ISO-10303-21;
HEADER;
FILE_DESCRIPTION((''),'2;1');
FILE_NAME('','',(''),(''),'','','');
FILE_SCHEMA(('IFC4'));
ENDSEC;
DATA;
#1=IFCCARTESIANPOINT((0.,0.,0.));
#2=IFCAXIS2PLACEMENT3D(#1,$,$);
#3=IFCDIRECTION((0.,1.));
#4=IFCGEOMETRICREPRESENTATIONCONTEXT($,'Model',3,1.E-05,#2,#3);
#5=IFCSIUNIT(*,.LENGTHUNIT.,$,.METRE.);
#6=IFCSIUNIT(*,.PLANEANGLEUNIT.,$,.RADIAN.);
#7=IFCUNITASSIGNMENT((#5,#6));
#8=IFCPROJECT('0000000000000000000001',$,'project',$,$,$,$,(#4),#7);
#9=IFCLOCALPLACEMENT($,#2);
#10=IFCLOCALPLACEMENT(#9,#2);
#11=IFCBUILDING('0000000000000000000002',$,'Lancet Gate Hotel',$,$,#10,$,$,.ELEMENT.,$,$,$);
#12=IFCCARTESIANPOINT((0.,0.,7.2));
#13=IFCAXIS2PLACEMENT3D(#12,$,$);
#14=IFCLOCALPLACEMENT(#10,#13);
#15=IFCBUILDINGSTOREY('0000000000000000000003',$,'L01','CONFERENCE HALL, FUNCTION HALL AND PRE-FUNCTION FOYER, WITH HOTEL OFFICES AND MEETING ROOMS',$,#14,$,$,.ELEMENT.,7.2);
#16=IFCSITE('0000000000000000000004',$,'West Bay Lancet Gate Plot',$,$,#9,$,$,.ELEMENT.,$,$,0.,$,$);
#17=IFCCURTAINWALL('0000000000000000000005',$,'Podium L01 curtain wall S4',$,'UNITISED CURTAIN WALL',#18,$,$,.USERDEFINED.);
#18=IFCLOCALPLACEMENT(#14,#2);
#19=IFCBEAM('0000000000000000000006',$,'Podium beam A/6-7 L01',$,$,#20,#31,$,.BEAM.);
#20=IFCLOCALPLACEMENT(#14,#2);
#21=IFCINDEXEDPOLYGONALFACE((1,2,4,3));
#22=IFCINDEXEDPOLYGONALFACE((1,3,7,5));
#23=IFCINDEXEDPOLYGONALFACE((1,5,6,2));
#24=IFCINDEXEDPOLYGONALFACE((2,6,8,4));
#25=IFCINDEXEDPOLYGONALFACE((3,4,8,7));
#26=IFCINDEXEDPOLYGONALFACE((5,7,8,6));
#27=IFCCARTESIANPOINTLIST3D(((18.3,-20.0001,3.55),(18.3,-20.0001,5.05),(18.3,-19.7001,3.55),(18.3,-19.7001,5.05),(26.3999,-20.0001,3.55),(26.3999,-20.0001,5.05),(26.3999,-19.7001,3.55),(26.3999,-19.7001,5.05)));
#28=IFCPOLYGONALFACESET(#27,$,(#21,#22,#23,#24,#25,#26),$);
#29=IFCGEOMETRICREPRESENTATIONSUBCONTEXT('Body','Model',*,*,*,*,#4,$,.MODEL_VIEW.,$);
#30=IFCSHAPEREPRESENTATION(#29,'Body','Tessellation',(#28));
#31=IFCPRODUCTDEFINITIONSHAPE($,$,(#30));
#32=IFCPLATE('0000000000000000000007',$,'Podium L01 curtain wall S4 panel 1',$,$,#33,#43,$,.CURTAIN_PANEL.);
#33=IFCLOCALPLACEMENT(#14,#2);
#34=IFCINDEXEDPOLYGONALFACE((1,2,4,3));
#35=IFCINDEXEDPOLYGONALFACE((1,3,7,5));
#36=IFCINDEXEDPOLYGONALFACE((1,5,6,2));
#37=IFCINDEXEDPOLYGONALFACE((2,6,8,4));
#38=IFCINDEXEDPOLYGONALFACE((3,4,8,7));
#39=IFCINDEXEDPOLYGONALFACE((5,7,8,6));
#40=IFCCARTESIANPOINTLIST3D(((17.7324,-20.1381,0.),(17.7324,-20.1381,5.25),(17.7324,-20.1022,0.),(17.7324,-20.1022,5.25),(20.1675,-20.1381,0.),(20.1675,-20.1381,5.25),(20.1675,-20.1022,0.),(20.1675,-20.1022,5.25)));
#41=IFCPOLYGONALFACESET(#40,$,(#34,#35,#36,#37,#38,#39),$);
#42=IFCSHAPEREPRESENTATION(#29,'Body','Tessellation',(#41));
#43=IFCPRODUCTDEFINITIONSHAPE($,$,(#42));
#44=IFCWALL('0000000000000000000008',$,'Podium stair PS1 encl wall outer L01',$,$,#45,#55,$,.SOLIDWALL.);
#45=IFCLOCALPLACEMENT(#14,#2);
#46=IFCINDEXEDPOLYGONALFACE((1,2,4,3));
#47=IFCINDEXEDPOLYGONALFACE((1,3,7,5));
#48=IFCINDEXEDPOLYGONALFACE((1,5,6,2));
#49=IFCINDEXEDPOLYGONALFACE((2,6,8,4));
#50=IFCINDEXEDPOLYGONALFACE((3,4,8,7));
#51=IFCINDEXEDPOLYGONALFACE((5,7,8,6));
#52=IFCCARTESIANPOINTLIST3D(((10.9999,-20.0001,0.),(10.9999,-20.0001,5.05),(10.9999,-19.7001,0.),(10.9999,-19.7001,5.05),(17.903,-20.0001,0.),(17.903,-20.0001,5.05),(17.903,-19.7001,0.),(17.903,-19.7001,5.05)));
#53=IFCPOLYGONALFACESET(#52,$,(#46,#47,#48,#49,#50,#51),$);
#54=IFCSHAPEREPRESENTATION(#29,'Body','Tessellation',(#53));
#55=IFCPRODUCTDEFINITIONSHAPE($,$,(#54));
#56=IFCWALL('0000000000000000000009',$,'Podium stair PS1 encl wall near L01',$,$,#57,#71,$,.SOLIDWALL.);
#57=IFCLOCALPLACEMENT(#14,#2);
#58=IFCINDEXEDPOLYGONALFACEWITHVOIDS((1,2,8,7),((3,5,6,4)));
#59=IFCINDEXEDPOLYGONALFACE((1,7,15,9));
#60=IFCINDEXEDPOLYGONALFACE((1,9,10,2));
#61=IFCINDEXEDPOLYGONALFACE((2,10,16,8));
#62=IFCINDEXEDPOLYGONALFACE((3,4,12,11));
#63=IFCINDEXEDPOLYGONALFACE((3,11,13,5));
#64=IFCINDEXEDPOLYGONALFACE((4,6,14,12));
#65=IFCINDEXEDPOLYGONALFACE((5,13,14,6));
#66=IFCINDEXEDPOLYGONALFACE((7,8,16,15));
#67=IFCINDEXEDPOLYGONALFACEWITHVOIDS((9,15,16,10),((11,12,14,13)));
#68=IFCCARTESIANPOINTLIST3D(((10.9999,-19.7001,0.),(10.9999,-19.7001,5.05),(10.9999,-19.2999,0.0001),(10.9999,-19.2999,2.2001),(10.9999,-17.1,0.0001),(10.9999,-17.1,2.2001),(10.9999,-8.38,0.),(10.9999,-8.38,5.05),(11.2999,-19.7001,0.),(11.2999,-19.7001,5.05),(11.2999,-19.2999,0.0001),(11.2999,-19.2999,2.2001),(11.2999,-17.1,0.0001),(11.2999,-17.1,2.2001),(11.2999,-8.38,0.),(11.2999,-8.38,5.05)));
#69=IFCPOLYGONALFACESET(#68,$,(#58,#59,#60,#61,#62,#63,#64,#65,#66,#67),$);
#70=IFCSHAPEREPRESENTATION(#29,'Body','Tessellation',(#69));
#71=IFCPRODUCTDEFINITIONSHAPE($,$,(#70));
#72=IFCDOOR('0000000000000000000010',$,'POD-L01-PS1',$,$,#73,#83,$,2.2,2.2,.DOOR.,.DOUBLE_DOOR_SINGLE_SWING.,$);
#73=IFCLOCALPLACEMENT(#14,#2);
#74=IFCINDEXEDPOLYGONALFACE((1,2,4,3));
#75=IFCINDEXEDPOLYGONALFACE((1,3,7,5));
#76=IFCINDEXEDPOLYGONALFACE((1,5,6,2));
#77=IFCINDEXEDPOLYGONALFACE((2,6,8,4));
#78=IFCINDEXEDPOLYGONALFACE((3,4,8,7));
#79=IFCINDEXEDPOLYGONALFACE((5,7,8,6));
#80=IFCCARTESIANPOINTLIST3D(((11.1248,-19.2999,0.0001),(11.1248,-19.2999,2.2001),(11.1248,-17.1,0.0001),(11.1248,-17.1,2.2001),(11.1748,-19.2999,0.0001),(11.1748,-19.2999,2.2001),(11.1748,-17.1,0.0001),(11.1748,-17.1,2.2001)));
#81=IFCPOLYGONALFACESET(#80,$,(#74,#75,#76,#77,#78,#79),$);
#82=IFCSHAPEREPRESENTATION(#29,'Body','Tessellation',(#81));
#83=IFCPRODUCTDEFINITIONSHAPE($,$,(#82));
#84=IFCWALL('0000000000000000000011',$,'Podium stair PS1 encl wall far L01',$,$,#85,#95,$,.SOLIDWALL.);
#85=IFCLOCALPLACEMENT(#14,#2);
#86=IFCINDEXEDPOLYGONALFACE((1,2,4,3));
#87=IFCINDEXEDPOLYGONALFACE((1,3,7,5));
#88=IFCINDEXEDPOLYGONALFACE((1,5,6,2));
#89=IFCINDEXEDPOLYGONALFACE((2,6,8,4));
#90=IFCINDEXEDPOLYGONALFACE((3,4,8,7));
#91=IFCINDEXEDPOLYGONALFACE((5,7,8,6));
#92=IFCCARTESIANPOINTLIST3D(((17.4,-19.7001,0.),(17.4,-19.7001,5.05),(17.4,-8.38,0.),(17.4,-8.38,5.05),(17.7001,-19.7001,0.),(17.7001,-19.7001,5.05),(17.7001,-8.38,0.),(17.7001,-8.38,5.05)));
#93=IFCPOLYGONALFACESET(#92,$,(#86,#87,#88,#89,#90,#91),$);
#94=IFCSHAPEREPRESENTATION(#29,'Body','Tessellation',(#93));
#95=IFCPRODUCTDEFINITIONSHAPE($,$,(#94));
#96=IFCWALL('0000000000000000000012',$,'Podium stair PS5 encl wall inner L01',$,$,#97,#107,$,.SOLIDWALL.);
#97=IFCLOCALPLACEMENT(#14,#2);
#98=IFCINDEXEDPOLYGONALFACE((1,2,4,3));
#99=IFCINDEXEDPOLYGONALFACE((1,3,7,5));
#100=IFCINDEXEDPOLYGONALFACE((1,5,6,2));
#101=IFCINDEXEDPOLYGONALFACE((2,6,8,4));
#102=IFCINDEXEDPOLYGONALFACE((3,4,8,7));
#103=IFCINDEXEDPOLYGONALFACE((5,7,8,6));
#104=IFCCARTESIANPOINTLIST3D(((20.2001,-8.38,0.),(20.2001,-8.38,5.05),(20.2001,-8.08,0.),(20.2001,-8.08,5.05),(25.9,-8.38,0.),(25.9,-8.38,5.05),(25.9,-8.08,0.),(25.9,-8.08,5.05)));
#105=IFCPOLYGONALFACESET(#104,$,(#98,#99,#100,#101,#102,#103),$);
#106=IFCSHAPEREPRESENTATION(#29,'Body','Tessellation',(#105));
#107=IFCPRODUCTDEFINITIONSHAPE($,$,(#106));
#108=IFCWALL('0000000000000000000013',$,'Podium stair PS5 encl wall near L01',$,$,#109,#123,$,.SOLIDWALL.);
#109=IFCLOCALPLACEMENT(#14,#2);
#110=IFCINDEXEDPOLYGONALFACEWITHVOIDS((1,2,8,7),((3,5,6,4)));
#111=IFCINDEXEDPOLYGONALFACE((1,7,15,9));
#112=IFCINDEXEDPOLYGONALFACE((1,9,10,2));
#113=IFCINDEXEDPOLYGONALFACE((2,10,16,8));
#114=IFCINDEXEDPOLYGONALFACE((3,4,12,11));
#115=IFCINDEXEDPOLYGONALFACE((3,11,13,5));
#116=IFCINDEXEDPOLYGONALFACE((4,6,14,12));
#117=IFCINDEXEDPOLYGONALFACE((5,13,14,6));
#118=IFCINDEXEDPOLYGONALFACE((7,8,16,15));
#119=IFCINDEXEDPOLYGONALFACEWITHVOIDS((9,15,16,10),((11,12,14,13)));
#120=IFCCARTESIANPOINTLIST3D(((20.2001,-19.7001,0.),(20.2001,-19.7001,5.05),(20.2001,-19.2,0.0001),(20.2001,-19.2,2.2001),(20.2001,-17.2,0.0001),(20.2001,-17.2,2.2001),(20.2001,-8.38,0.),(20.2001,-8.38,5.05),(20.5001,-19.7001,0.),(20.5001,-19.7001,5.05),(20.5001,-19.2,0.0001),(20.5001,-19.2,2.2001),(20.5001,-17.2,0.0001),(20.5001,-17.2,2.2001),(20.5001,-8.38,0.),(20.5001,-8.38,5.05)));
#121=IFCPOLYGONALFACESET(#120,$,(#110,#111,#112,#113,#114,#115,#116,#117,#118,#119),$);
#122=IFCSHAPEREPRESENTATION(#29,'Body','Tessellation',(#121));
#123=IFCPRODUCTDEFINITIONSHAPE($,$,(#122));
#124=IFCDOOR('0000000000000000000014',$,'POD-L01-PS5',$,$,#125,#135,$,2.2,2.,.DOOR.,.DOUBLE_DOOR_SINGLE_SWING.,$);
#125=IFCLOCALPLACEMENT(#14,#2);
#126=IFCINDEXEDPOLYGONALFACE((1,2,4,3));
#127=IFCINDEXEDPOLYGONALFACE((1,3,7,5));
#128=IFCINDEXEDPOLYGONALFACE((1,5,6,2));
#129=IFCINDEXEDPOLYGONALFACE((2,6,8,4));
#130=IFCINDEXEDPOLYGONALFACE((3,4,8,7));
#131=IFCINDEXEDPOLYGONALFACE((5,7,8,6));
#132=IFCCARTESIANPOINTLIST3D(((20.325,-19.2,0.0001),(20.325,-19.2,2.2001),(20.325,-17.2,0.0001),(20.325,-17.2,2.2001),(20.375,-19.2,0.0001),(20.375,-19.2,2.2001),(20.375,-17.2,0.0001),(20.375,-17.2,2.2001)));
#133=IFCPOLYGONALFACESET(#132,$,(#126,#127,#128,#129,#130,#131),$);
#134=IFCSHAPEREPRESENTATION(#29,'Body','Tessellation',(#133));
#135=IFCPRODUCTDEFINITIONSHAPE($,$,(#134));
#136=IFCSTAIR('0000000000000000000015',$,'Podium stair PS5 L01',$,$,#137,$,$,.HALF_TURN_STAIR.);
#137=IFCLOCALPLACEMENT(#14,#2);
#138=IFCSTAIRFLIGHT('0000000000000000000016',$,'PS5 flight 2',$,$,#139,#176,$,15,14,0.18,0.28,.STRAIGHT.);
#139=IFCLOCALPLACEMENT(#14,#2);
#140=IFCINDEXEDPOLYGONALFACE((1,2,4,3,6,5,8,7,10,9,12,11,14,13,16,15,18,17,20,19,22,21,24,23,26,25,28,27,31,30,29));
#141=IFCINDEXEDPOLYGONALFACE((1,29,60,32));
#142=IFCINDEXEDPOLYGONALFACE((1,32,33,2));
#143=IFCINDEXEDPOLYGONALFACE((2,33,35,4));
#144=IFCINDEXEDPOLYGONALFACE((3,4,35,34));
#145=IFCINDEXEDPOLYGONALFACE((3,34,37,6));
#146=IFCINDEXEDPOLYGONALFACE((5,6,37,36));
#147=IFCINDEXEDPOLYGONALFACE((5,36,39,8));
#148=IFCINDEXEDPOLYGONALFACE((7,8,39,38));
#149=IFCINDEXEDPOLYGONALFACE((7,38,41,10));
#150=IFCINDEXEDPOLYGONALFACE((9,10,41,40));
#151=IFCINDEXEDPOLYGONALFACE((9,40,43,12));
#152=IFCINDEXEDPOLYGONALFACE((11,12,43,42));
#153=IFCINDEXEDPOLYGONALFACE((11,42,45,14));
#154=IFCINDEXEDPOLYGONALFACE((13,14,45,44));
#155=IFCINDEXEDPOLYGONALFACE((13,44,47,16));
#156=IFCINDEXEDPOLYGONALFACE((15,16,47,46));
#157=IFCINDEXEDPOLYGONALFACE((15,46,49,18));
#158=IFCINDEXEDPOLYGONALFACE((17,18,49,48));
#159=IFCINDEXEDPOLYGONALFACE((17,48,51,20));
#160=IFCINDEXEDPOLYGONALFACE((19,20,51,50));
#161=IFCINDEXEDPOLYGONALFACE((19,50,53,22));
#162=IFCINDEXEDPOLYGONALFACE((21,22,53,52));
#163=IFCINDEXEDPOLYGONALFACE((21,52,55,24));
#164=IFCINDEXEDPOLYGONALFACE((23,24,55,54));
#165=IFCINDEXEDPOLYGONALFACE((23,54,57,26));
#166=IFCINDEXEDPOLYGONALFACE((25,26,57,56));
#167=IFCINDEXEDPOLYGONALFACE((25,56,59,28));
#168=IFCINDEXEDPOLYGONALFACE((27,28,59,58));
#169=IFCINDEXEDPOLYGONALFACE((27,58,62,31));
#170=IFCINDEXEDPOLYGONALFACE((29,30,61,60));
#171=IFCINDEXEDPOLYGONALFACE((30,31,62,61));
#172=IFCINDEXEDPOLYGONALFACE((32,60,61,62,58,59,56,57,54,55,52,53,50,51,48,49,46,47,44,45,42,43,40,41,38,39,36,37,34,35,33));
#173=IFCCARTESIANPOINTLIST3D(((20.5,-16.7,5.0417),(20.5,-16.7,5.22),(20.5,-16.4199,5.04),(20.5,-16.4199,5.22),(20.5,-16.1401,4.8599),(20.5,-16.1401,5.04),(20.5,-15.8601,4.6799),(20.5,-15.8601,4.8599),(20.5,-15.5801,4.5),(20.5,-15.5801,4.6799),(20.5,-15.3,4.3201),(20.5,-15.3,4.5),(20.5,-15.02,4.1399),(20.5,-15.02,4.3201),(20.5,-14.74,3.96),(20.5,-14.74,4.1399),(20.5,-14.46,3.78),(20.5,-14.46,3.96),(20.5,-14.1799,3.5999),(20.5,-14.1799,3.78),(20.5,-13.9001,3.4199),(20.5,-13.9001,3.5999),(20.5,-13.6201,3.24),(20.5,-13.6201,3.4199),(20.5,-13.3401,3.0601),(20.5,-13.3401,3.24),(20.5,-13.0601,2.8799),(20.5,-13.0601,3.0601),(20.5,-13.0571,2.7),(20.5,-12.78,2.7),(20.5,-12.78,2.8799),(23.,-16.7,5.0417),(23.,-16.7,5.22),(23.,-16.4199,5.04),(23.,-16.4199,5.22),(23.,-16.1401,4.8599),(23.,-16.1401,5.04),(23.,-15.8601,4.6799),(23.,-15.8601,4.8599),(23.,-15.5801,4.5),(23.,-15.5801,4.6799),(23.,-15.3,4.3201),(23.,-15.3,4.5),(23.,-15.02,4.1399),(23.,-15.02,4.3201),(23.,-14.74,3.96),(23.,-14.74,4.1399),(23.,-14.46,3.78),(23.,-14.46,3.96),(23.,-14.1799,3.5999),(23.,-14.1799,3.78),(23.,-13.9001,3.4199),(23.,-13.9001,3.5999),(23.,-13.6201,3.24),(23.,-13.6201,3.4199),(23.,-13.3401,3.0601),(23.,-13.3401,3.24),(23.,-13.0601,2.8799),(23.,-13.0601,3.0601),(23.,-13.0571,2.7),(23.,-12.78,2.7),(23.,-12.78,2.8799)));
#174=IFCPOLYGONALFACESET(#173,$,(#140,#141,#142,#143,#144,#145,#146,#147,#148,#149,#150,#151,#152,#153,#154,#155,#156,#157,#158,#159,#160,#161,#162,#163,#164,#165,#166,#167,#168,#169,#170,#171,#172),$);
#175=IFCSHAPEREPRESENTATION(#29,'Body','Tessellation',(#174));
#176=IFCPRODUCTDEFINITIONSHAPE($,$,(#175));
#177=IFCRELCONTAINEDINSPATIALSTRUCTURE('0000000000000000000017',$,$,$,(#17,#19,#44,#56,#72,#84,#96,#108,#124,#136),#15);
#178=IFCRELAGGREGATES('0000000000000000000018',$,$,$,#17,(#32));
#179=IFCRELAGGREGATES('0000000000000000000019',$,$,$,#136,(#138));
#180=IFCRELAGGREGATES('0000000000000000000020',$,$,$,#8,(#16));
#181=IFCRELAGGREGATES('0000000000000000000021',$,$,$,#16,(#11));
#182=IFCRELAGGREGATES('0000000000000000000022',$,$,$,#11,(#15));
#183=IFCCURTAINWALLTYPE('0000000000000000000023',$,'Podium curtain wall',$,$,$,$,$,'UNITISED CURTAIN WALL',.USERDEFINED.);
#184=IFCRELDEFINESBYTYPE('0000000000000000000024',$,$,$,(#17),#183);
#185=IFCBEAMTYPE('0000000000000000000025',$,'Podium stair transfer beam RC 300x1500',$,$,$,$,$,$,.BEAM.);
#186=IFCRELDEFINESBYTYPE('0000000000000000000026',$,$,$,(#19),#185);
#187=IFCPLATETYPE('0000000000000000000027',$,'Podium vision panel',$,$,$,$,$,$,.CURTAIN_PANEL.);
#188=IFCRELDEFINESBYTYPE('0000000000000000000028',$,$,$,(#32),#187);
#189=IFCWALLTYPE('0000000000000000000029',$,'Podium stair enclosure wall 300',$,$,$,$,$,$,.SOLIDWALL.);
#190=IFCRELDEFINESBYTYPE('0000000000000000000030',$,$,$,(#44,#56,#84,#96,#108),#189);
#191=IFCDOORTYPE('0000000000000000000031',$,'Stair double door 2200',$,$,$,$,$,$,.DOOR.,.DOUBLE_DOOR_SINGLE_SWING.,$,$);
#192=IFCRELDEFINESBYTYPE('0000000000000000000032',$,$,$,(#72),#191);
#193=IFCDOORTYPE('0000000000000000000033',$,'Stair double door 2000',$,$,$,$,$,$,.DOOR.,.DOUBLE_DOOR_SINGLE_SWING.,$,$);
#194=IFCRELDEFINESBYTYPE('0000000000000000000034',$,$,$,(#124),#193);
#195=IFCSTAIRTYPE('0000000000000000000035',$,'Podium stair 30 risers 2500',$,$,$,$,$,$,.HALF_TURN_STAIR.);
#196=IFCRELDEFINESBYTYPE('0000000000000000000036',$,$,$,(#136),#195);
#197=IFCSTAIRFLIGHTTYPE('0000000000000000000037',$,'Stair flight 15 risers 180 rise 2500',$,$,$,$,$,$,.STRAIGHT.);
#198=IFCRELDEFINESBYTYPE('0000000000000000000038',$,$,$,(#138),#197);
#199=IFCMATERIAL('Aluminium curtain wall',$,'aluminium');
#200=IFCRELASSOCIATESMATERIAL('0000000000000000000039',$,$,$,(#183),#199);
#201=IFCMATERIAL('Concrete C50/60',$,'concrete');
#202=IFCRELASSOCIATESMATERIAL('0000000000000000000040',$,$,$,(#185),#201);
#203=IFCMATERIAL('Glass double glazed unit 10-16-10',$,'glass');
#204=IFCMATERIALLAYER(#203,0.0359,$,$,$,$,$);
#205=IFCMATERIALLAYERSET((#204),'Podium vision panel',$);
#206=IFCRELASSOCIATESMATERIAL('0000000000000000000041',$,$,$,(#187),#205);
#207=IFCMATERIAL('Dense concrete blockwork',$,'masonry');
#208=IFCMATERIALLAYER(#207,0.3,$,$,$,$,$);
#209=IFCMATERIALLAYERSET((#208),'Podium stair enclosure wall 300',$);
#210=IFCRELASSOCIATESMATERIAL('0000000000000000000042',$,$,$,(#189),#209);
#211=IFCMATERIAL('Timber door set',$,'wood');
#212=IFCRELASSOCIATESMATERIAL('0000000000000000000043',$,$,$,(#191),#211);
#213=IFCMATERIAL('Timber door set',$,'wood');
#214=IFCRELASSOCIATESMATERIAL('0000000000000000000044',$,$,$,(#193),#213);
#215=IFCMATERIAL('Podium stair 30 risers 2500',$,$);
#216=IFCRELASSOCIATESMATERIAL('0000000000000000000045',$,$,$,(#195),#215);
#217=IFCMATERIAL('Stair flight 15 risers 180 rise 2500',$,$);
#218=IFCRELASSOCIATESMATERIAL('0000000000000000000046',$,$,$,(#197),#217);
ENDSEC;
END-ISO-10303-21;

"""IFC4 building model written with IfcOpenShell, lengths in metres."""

from ifc_helpers import new_model, si_unit, direction, frame, frame_2d, origin, origin_2d, place, context, subcontext, project, spatial, polyline, rectangle, outline, extrude, material, layer, layer_set, material_profile, profile_set, type_object, element, fill, aggregate, save


model = new_model("IFC4")

# Units and contexts
model_context = context("Model", 3, precision=1e-05, world=origin(), true_north=direction((0.0, 1.0)))
body_context = subcontext(model_context, "Body", "Model", "MODEL_VIEW")
ifc_project = project(units=[si_unit("LENGTHUNIT", "METRE"), si_unit("PLANEANGLEUNIT", "RADIAN")], contexts=[model_context])

# Site, building, storey
site_placement = place(None, origin())
site = spatial("IfcSite", under=ifc_project, at=site_placement, Name="West Bay Lancet Gate Plot", CompositionType="ELEMENT", RefElevation=0.0)
building_placement = place(site_placement, origin())
building = spatial("IfcBuilding", under=site, at=building_placement, Name="Lancet Gate Hotel", CompositionType="ELEMENT")
storey_placement = place(building_placement, frame((0.0, 0.0, 7.2)))
storey = spatial("IfcBuildingStorey", under=building, at=storey_placement, Name="L01", Description="CONFERENCE HALL, FUNCTION HALL AND PRE-FUNCTION FOYER, WITH HOTEL OFFICES AND MEETING ROOMS", CompositionType="ELEMENT", Elevation=7.2)

# Curtain wall
ifc_material_1 = material(Name="Aluminium curtain wall", Category="aluminium")
curtain_wall_type = type_object("IfcCurtainWallType", Name="Podium curtain wall", ElementType="UNITISED CURTAIN WALL", PredefinedType="USERDEFINED", material=ifc_material_1)
curtain_wall_placement = place(storey_placement, origin())
curtain_wall = element("IfcCurtainWall", 1, at=curtain_wall_placement, inside=storey, type_object=curtain_wall_type, Name="Podium L01 curtain wall S4", ObjectType="UNITISED CURTAIN WALL", PredefinedType="USERDEFINED")

# Beam
ifc_material_2 = material(Name="Concrete C50/60", Category="concrete")
ifc_material_profile_1 = material_profile(ifc_material_2, rectangle(XDim=0.3, YDim=1.5, at=origin_2d()), Name="RC 300x1500")
ifc_profile_set_1 = profile_set([ifc_material_profile_1], Name="Concrete C50/60")
beam_type_1 = type_object("IfcBeamType", Name="Podium stair transfer beam RC 300x1500", PredefinedType="BEAM", material=ifc_profile_set_1)
beam_1_placement = place(storey_placement, frame((18.3, -19.8501, 4.3), z_axis=(1.0, 0.0, 0.0), x_axis=(0.0, 1.0, 0.0)))
element("IfcBeam", 2, at=beam_1_placement, inside=storey, type_object=beam_type_1, Name="Podium beam A/6-7 L01", PredefinedType="BEAM", context=body_context, shape_type="SweptSolid", body=[
    extrude(rectangle(XDim=0.3, YDim=1.5, at=origin_2d()), origin(), (0.0, 0.0, 1.0), 8.0999),
])

# Plate
ifc_material_3 = material(Name="Glass double glazed unit 10-16-10", Category="glass")
ifc_layer_1 = layer(ifc_material_3, 0.0359)
ifc_layer_set_1 = layer_set([ifc_layer_1], Name="Podium vision panel")
plate_type = type_object("IfcPlateType", Name="Podium vision panel", PredefinedType="CURTAIN_PANEL", material=ifc_layer_set_1)
plate_placement = place(storey_placement, frame((18.95, -20.1201, 0.0), z_axis=(0.0, 0.0, 1.0), x_axis=(1.0, 0.0, 0.0)))
plate = element("IfcPlate", 3, at=plate_placement, type_object=plate_type, Name="Podium L01 curtain wall S4 panel 1", PredefinedType="CURTAIN_PANEL", context=body_context, shape_type="SweptSolid", body=[
    extrude(rectangle(XDim=2.4351, YDim=0.0359, at=origin_2d()), origin(), (0.0, 0.0, 1.0), 5.25),
])
aggregate(curtain_wall, [plate])

# Wall
ifc_material_4 = material(Name="Dense concrete blockwork", Category="masonry")
ifc_layer_2 = layer(ifc_material_4, 0.3)
ifc_layer_set_2 = layer_set([ifc_layer_2], Name="Podium stair enclosure wall 300")
wall_type = type_object("IfcWallType", Name="Podium stair enclosure wall 300", PredefinedType="SOLIDWALL", material=ifc_layer_set_2)
wall_1_placement = place(storey_placement, frame((17.9031, -19.8501, 0.0), z_axis=(0.0, 0.0, 1.0), x_axis=(-1.0, 0.0, 0.0)))
element("IfcWall", 4, at=wall_1_placement, inside=storey, type_object=wall_type, Name="Podium stair PS1 encl wall outer L01", PredefinedType="SOLIDWALL", context=body_context, shape_type="SweptSolid", body=[
    extrude(rectangle(XDim=6.9031, YDim=0.3, at=frame_2d((3.4517, 0.0))), origin(), (0.0, 0.0, 1.0), 5.05),
])

# Wall, opening, door
wall_2_placement = place(storey_placement, frame((11.1499, -8.3799, 0.0), z_axis=(0.0, 0.0, 1.0), x_axis=(0.0, -1.0, 0.0)))
wall_2 = element("IfcWall", 5, at=wall_2_placement, inside=storey, type_object=wall_type, Name="Podium stair PS1 encl wall near L01", PredefinedType="SOLIDWALL", context=body_context, shape_type="SweptSolid", body=[
    extrude(rectangle(XDim=11.3201, YDim=0.3, at=frame_2d((5.6602, 0.0))), origin(), (0.0, 0.0, 1.0), 5.05),
])
opening_1_placement = place(wall_2_placement, frame((8.72, 0.0, 0.0)))
opening_1 = element("IfcOpeningElement", 6, at=opening_1_placement, cuts=wall_2, PredefinedType="OPENING", context=body_context, shape_type="SweptSolid", body=[
    extrude(rectangle(XDim=2.2, YDim=2.2, at=frame_2d((1.1001, 1.1001))), frame((0.0, 0.1599, 0.0), z_axis=(0.0, -1.0, 0.0), x_axis=(1.0, 0.0, 0.0)), (0.0, 0.0, 1.0), 0.3201),
])
ifc_material_5 = material(Name="Timber door set", Category="wood")
door_type_1 = type_object("IfcDoorType", Name="Stair double door 2200", OperationType="DOUBLE_DOOR_SINGLE_SWING", PredefinedType="DOOR", material=ifc_material_5)
door_1_placement = place(opening_1_placement, origin())
door_1 = element("IfcDoor", 7, at=door_1_placement, inside=storey, type_object=door_type_1, Name="POD-L01-PS1", OperationType="DOUBLE_DOOR_SINGLE_SWING", OverallHeight=2.2, OverallWidth=2.2, PredefinedType="DOOR", context=body_context, shape_type="SweptSolid", body=[
    extrude(rectangle(XDim=2.2, YDim=2.2, at=frame_2d((1.1001, 1.1001))), frame((0.0, 0.0249, 0.0), z_axis=(0.0, -1.0, 0.0), x_axis=(1.0, 0.0, 0.0)), (0.0, 0.0, 1.0), 0.05),
])
fill(opening_1, door_1)

# Walls
wall_3_placement = place(storey_placement, frame((17.55, -8.3799, 0.0), z_axis=(0.0, 0.0, 1.0), x_axis=(0.0, -1.0, 0.0)))
element("IfcWall", 8, at=wall_3_placement, inside=storey, type_object=wall_type, Name="Podium stair PS1 encl wall far L01", PredefinedType="SOLIDWALL", context=body_context, shape_type="SweptSolid", body=[
    extrude(rectangle(XDim=11.3201, YDim=0.3, at=frame_2d((5.6602, 0.0))), origin(), (0.0, 0.0, 1.0), 5.05),
])
wall_4_placement = place(storey_placement, frame((20.2, -8.23, 0.0), z_axis=(0.0, 0.0, 1.0), x_axis=(1.0, 0.0, 0.0)))
element("IfcWall", 9, at=wall_4_placement, inside=storey, type_object=wall_type, Name="Podium stair PS5 encl wall inner L01", PredefinedType="SOLIDWALL", context=body_context, shape_type="SweptSolid", body=[
    extrude(rectangle(XDim=5.7, YDim=0.3, at=frame_2d((2.8501, 0.0))), origin(), (0.0, 0.0, 1.0), 5.05),
])

# Wall, opening, door
wall_5_placement = place(storey_placement, frame((20.3501, -8.3799, 0.0), z_axis=(0.0, 0.0, 1.0), x_axis=(0.0, -1.0, 0.0)))
wall_5 = element("IfcWall", 10, at=wall_5_placement, inside=storey, type_object=wall_type, Name="Podium stair PS5 encl wall near L01", PredefinedType="SOLIDWALL", context=body_context, shape_type="SweptSolid", body=[
    extrude(rectangle(XDim=11.3201, YDim=0.3, at=frame_2d((5.6602, 0.0))), origin(), (0.0, 0.0, 1.0), 5.05),
])
opening_2_placement = place(wall_5_placement, frame((8.8201, 0.0, 0.0)))
opening_2 = element("IfcOpeningElement", 11, at=opening_2_placement, cuts=wall_5, PredefinedType="OPENING", context=body_context, shape_type="SweptSolid", body=[
    extrude(rectangle(XDim=2.0, YDim=2.2, at=frame_2d((1.0, 1.1001))), frame((0.0, 0.1599, 0.0), z_axis=(0.0, -1.0, 0.0), x_axis=(1.0, 0.0, 0.0)), (0.0, 0.0, 1.0), 0.3201),
])
ifc_material_6 = material(Name="Timber door set", Category="wood")
door_type_2 = type_object("IfcDoorType", Name="Stair double door 2000", OperationType="DOUBLE_DOOR_SINGLE_SWING", PredefinedType="DOOR", material=ifc_material_6)
door_2_placement = place(opening_2_placement, origin())
door_2 = element("IfcDoor", 12, at=door_2_placement, inside=storey, type_object=door_type_2, Name="POD-L01-PS5", OperationType="DOUBLE_DOOR_SINGLE_SWING", OverallHeight=2.2, OverallWidth=2.0, PredefinedType="DOOR", context=body_context, shape_type="SweptSolid", body=[
    extrude(rectangle(XDim=2.0, YDim=2.2, at=frame_2d((1.0, 1.1001))), frame((0.0, 0.0249, 0.0), z_axis=(0.0, -1.0, 0.0), x_axis=(1.0, 0.0, 0.0)), (0.0, 0.0, 1.0), 0.05),
])
fill(opening_2, door_2)

# Stair, stair flight
ifc_material_7 = material(Name="Podium stair 30 risers 2500")
stair_type = type_object("IfcStairType", Name="Podium stair 30 risers 2500", PredefinedType="HALF_TURN_STAIR", material=ifc_material_7)
stair_placement = place(storey_placement, origin())
stair = element("IfcStair", 13, at=stair_placement, inside=storey, type_object=stair_type, Name="Podium stair PS5 L01", PredefinedType="HALF_TURN_STAIR")
ifc_material_8 = material(Name="Stair flight 15 risers 180 rise 2500")
stair_flight_type = type_object("IfcStairFlightType", Name="Stair flight 15 risers 180 rise 2500", PredefinedType="STRAIGHT", material=ifc_material_8)
stair_flight_placement = place(storey_placement, frame((21.75, -12.78, 2.7), z_axis=(0.0, 0.0, 1.0), x_axis=(0.0, -1.0, 0.0)))
stair_flight = element("IfcStairFlight", 14, at=stair_flight_placement, type_object=stair_flight_type, Name="PS5 flight 2", NumberOfRisers=15, NumberOfTreads=14, PredefinedType="STRAIGHT", RiserHeight=0.18, TreadLength=0.28, context=body_context, shape_type="SweptSolid", body=[
    extrude(outline(polyline([(0.0, 0.0), (0.0, 0.1799), (0.28, 0.1799), (0.28, 0.3601), (0.5601, 0.3601), (0.5601, 0.54), (0.8401, 0.54), (0.8401, 0.72), (1.1201, 0.72), (1.1201, 0.8999), (1.3999, 0.8999), (1.3999, 1.0801), (1.6799, 1.0801), (1.6799, 1.26), (1.96, 1.26), (1.96, 1.4399), (2.24, 1.4399), (2.24, 1.6201), (2.52, 1.6201), (2.52, 1.8), (2.8, 1.8), (2.8, 1.98), (3.0801, 1.98), (3.0801, 2.1599), (3.3601, 2.1599), (3.3601, 2.3401), (3.6399, 2.3401), (3.6399, 2.52), (3.9199, 2.52), (3.9199, 2.7), (3.9199, 2.3418), (0.2771, 0.0), (0.0, 0.0)])), frame((0.0, 1.25, 0.0), z_axis=(0.0, -1.0, 0.0), x_axis=(1.0, 0.0, 0.0)), (0.0, 0.0, 1.0), 2.5),
])
aggregate(stair, [stair_flight])

save(model, "model.ifc")
